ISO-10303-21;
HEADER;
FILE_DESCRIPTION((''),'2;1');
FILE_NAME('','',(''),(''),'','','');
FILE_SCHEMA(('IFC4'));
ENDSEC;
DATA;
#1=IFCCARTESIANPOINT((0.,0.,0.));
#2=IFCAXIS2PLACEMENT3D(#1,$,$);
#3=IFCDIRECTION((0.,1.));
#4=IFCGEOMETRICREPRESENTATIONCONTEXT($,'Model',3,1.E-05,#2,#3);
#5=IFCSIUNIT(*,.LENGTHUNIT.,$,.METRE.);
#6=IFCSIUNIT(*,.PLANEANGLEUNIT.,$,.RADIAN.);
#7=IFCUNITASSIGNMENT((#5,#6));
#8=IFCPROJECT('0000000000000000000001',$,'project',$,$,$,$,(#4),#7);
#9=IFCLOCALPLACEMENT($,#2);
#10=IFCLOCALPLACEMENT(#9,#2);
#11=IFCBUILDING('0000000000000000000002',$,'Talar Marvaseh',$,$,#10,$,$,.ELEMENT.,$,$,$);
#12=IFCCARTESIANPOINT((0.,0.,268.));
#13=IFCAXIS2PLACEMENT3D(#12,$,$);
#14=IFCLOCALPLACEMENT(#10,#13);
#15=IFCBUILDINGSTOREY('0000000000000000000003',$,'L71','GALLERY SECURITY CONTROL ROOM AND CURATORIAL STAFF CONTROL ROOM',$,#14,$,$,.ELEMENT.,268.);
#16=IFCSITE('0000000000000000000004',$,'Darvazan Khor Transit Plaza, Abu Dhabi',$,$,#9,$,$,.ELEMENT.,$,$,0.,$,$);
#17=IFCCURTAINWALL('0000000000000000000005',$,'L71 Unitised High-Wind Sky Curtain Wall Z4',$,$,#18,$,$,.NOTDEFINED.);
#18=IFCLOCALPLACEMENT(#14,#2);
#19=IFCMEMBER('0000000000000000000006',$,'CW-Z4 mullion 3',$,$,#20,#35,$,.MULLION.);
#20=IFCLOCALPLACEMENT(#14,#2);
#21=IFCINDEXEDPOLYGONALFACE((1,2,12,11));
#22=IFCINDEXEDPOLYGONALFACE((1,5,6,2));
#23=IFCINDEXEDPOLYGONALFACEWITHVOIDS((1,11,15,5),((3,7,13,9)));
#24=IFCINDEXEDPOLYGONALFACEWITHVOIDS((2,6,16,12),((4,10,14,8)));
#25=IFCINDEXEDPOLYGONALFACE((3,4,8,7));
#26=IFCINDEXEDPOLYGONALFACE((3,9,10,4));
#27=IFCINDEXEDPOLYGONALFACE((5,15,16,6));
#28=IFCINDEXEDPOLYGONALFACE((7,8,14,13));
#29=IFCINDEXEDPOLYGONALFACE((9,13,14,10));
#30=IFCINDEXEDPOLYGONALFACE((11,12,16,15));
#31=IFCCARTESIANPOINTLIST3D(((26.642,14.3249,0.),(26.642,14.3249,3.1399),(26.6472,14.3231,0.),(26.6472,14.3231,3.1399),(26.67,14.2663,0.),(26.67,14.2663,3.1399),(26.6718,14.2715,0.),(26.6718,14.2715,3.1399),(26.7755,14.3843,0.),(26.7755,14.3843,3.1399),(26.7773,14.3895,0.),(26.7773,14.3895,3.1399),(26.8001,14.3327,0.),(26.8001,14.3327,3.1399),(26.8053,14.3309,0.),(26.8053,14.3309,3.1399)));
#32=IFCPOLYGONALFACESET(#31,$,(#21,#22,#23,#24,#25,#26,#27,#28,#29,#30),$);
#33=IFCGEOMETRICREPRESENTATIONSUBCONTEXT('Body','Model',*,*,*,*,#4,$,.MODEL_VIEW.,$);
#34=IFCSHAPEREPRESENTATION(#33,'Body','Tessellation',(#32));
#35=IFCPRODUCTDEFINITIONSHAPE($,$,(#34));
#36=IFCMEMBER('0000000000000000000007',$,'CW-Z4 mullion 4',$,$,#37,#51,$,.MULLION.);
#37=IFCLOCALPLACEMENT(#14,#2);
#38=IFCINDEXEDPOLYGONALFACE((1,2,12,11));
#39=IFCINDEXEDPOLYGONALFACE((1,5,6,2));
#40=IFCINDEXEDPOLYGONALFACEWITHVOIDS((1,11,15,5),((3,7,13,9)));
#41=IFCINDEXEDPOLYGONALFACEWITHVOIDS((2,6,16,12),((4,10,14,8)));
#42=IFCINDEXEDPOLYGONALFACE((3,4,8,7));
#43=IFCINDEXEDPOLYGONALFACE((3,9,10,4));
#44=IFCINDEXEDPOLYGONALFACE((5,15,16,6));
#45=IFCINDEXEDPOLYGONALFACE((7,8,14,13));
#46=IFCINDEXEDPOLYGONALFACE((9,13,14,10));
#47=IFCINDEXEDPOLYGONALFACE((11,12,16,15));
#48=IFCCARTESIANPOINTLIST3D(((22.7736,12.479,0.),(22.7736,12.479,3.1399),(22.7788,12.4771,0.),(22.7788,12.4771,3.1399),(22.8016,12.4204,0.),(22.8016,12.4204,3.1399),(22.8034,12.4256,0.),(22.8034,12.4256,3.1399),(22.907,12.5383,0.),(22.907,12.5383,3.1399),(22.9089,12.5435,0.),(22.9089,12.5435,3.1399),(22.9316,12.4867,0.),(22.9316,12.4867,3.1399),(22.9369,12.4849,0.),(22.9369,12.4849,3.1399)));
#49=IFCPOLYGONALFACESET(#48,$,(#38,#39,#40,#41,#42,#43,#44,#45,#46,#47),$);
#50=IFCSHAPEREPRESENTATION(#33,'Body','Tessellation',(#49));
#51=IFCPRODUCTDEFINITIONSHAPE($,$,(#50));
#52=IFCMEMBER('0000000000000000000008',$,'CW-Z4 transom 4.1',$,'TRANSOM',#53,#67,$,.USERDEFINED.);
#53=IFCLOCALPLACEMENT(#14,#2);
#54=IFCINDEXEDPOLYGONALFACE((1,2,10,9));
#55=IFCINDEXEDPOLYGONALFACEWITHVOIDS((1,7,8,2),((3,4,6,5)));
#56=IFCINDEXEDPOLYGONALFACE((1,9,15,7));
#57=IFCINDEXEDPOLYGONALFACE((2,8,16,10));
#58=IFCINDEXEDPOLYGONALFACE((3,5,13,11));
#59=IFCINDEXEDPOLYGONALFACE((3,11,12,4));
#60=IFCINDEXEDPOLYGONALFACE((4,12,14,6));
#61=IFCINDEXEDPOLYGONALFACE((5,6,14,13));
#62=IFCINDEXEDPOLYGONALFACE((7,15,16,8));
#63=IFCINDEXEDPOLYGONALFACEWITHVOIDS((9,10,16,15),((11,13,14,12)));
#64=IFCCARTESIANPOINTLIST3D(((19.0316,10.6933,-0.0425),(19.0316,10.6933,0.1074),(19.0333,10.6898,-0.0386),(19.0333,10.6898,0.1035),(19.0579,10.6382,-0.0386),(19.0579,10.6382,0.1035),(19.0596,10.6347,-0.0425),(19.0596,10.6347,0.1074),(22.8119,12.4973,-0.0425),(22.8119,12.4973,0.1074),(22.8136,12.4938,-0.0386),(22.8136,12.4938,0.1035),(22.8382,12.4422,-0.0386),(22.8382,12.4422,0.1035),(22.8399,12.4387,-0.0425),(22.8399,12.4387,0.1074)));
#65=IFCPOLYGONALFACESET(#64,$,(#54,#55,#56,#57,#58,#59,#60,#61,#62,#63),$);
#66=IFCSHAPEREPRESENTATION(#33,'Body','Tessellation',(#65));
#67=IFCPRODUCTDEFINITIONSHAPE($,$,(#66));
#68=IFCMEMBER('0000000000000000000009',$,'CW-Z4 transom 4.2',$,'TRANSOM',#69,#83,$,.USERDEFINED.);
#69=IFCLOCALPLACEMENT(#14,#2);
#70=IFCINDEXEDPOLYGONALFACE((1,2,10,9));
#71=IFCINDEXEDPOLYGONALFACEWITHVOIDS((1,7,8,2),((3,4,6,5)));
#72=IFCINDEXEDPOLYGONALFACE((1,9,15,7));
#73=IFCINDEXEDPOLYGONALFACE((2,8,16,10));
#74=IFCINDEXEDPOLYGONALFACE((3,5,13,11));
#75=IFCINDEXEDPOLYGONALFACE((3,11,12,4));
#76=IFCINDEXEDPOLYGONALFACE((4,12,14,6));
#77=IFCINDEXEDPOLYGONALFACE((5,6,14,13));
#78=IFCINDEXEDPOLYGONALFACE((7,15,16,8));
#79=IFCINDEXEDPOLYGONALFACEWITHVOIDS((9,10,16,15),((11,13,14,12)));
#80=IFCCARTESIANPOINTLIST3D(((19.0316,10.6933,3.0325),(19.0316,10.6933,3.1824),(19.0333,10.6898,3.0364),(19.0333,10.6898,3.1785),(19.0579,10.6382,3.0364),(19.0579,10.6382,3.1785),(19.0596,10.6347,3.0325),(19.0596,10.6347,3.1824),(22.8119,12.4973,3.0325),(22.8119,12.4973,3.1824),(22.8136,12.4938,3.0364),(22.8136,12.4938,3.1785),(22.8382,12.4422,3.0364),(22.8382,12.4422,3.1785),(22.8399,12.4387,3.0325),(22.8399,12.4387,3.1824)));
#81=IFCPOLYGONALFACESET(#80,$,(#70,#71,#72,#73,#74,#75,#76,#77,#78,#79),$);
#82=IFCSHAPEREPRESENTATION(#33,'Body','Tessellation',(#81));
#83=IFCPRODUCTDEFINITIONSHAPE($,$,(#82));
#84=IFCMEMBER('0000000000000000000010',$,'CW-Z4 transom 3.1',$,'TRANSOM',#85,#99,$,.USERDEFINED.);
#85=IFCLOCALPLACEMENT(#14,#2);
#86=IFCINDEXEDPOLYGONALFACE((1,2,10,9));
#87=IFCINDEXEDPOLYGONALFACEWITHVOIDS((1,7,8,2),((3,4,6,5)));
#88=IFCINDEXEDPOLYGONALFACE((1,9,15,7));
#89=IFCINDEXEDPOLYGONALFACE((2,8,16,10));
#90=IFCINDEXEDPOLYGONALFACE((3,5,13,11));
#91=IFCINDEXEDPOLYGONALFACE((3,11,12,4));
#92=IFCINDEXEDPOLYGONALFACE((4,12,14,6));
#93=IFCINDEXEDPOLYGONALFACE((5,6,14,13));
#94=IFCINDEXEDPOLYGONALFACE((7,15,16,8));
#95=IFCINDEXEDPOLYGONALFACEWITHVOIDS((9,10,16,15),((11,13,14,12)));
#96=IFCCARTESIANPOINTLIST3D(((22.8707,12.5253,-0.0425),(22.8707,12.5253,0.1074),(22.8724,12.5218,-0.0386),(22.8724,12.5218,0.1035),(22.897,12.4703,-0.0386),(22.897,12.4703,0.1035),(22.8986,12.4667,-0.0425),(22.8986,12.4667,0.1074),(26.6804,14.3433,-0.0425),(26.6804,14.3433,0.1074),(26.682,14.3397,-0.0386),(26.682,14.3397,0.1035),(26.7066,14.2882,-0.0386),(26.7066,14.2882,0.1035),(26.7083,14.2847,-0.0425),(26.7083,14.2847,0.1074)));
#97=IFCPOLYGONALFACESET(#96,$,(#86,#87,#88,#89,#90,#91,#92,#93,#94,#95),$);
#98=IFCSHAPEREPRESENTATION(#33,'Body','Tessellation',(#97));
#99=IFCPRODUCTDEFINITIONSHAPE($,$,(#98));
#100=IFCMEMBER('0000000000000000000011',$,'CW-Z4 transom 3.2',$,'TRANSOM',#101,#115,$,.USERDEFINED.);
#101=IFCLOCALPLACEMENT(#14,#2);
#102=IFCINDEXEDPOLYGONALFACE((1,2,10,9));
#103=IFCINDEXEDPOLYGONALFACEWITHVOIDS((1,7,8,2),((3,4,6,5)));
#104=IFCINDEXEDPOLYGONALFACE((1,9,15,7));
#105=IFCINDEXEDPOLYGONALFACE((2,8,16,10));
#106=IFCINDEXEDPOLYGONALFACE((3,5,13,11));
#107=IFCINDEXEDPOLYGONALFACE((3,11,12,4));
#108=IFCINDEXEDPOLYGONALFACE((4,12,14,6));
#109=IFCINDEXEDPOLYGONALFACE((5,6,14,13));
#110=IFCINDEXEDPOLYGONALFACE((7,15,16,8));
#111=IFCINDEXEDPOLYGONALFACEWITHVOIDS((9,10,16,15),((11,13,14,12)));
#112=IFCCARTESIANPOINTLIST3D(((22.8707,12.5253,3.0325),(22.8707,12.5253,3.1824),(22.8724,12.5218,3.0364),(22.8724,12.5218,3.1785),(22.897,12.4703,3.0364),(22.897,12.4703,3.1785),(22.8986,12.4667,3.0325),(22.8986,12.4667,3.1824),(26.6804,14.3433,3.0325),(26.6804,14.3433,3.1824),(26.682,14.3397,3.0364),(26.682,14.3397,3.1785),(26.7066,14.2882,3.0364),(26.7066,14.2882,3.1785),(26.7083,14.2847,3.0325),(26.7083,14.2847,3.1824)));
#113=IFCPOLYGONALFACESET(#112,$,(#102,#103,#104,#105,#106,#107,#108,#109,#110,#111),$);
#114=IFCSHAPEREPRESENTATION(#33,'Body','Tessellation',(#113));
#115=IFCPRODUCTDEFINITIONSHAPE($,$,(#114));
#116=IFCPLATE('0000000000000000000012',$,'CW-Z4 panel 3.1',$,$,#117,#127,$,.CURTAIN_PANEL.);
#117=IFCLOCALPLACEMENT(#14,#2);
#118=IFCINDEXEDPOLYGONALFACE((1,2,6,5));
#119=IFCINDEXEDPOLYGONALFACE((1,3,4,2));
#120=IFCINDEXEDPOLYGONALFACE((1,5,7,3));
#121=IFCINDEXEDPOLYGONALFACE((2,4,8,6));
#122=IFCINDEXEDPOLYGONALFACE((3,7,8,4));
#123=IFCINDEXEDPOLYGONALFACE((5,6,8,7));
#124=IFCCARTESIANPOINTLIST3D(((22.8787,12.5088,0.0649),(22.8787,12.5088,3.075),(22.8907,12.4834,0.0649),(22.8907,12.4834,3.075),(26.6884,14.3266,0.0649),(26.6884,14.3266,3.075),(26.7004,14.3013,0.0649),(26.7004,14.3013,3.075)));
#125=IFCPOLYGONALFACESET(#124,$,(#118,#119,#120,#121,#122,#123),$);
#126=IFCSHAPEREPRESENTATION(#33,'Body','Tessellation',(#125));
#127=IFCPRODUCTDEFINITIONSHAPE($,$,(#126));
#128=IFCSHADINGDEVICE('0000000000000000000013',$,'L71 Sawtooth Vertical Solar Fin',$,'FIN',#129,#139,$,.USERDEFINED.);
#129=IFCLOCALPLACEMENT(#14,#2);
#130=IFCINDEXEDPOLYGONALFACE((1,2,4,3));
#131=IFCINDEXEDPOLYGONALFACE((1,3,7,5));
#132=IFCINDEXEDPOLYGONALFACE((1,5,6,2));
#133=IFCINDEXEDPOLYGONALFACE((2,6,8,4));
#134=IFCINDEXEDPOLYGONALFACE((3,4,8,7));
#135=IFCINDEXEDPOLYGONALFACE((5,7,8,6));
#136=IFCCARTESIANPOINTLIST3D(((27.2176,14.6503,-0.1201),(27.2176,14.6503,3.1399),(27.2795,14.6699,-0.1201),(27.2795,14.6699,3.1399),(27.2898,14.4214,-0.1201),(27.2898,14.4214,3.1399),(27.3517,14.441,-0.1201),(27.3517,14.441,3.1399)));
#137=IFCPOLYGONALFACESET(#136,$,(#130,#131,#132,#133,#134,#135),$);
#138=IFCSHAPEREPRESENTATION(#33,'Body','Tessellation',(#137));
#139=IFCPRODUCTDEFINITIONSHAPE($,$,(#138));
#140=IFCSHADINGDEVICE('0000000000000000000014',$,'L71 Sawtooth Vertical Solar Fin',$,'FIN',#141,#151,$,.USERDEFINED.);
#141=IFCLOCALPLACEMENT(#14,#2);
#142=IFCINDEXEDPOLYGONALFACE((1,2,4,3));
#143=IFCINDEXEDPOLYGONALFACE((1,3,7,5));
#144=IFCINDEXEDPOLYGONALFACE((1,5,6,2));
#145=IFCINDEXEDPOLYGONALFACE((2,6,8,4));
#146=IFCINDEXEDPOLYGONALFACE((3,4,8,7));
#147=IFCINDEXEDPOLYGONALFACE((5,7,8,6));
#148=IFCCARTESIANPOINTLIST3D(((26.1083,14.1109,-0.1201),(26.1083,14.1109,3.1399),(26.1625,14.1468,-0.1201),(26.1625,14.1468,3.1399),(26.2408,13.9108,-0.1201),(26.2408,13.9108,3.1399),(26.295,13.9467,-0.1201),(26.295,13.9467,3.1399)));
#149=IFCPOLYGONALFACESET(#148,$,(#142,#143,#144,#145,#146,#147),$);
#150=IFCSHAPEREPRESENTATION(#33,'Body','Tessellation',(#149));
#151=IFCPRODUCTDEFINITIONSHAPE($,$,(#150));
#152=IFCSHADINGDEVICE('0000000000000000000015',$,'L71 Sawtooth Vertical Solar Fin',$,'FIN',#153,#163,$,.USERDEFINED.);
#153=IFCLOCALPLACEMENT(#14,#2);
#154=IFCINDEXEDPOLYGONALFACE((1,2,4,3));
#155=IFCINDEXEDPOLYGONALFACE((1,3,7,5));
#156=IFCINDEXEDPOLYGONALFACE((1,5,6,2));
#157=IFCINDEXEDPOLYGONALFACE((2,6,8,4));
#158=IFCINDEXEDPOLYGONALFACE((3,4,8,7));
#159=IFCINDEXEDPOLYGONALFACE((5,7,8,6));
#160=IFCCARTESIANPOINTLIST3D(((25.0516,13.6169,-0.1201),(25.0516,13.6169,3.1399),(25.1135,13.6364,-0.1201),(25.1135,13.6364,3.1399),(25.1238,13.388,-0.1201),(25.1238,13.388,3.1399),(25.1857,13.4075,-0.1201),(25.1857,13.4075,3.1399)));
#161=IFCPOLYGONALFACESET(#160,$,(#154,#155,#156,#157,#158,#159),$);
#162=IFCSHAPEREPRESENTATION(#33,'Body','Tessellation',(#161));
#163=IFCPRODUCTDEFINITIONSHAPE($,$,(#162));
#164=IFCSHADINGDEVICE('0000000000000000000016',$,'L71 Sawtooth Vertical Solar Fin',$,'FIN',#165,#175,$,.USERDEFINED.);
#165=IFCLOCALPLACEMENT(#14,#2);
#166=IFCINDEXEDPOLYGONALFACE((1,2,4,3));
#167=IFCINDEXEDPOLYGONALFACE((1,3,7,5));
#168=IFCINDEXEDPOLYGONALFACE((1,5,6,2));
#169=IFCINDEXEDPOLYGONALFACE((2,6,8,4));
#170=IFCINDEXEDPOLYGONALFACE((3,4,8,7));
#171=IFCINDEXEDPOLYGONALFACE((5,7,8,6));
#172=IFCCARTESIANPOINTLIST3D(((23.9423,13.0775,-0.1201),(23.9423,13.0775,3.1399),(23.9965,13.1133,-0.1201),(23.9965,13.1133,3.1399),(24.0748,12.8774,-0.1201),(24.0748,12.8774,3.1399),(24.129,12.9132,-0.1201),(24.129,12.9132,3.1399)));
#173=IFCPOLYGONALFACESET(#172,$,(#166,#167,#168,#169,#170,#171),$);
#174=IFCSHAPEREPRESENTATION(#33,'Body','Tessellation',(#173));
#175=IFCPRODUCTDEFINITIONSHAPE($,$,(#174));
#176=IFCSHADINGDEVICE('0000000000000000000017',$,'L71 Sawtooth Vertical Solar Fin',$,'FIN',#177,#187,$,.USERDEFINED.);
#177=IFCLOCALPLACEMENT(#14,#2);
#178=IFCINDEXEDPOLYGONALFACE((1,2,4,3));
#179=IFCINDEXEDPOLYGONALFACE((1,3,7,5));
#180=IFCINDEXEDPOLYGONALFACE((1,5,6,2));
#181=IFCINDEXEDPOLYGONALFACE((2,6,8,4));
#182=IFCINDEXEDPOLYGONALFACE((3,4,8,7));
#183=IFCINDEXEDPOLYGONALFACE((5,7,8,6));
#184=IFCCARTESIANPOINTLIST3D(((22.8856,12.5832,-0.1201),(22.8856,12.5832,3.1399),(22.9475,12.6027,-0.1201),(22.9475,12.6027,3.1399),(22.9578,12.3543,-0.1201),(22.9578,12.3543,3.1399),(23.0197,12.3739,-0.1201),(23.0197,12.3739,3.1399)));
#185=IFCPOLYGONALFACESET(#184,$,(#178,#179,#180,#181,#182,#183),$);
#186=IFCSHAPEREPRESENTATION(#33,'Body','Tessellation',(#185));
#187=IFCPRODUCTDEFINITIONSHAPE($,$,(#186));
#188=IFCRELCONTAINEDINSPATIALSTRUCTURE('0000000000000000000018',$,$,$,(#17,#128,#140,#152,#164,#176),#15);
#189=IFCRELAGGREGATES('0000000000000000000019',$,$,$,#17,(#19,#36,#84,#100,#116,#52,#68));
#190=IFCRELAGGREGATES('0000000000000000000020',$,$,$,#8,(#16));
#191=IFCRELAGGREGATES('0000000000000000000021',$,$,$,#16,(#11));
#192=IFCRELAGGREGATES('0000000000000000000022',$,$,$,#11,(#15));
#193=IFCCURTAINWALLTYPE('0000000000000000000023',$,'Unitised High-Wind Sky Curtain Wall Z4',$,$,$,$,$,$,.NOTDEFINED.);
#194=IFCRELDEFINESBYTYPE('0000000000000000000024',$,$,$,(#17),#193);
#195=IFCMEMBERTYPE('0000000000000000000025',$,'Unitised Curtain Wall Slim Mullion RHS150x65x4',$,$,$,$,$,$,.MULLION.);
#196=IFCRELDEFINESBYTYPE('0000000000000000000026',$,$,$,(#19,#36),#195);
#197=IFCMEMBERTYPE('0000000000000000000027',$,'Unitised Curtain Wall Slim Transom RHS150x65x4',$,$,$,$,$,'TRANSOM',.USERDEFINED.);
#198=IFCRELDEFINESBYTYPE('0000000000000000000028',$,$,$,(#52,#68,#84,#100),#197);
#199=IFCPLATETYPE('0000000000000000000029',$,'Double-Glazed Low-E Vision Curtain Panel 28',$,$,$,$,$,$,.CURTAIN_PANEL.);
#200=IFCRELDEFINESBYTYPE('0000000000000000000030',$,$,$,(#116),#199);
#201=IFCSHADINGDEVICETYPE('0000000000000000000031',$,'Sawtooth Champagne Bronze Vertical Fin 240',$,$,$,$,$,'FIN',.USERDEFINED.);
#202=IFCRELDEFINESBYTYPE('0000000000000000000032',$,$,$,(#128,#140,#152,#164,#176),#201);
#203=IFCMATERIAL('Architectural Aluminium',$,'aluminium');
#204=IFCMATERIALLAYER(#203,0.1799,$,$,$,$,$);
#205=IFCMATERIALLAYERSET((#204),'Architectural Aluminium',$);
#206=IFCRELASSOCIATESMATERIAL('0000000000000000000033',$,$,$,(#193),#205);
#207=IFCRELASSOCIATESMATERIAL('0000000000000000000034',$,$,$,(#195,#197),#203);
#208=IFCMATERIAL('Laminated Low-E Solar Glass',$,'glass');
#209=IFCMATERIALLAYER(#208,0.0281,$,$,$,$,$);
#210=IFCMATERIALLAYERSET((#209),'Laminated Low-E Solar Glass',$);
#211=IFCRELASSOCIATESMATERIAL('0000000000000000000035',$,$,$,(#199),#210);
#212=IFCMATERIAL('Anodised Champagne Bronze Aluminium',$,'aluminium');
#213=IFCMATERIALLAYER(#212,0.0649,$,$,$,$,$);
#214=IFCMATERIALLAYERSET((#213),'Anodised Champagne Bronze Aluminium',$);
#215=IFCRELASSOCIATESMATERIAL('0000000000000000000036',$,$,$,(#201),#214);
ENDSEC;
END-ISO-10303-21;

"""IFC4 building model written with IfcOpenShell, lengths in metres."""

from ifc_helpers import new_model, si_unit, direction, frame, origin, origin_2d, place, context, subcontext, project, spatial, rectangle, hollow_rectangle, extrude, source, transform, mapped, material, layer, layer_set, material_profile, profile_set, type_object, type_shapes, element, aggregate, save


model = new_model("IFC4")

# Units and contexts
model_context = context("Model", 3, precision=1e-05, world=origin(), true_north=direction((0.0, 1.0)))
body_context = subcontext(model_context, "Body", "Model", "MODEL_VIEW")
ifc_project = project(units=[si_unit("LENGTHUNIT", "METRE"), si_unit("PLANEANGLEUNIT", "RADIAN")], contexts=[model_context])

# Site, building, storey
site_placement = place(None, origin())
site = spatial("IfcSite", under=ifc_project, at=site_placement, Name="Darvazan Khor Transit Plaza, Abu Dhabi", CompositionType="ELEMENT", RefElevation=0.0)
building_placement = place(site_placement, origin())
building = spatial("IfcBuilding", under=site, at=building_placement, Name="Talar Marvaseh", CompositionType="ELEMENT")
storey_placement = place(building_placement, frame((0.0, 0.0, 268.0)))
storey = spatial("IfcBuildingStorey", under=building, at=storey_placement, Name="L71", Description="GALLERY SECURITY CONTROL ROOM AND CURATORIAL STAFF CONTROL ROOM", CompositionType="ELEMENT", Elevation=268.0)

# Curtain wall, members, plate
ifc_material_1 = material(Name="Architectural Aluminium", Category="aluminium")
ifc_layer_1 = layer(ifc_material_1, 0.1799)
ifc_layer_set_1 = layer_set([ifc_layer_1], Name="Architectural Aluminium")
curtain_wall_type = type_object("IfcCurtainWallType", Name="Unitised High-Wind Sky Curtain Wall Z4", PredefinedType="NOTDEFINED", material=ifc_layer_set_1)
curtain_wall_placement = place(storey_placement, origin())
curtain_wall = element("IfcCurtainWall", 1, at=curtain_wall_placement, inside=storey, type_object=curtain_wall_type, Name="L71 Unitised High-Wind Sky Curtain Wall Z4", PredefinedType="NOTDEFINED")
ifc_material_profile_1 = material_profile(ifc_material_1, hollow_rectangle(XDim=0.0649, YDim=0.1499, WallThickness=0.0039, at=origin_2d()), Name="RHS150x65x4")
ifc_profile_set_1 = profile_set([ifc_material_profile_1], Name="Architectural Aluminium")
member_type_1 = type_object("IfcMemberType", Name="Unitised Curtain Wall Slim Mullion RHS150x65x4", PredefinedType="MULLION", material=ifc_profile_set_1)
shared_shape_1 = source(origin(), body_context, "Body", "SweptSolid", [
    extrude(hollow_rectangle(XDim=0.0649, YDim=0.1499, WallThickness=0.0039, at=origin_2d()), origin(), (0.0, 0.0, 1.0), 3.1399),
])
type_shapes(member_type_1, [shared_shape_1])
member_1_placement = place(storey_placement, frame((26.7236, 14.3279, 0.0), z_axis=(0.0, 0.0, 1.0), x_axis=(0.430655, -0.902517, 0.0)))
member_1 = element("IfcMember", 2, at=member_1_placement, type_object=member_type_1, Name="CW-Z4 mullion 3", PredefinedType="MULLION", context=body_context, shape_type="MappedRepresentation", body=[
    mapped(shared_shape_1, transform((0.0, 0.0, 0.0), x_axis=(1.0, 0.0, 0.0), y_axis=(0.0, 1.0, 0.0), z_axis=(0.0, 0.0, 1.0), scale=1.0)),
])
member_2_placement = place(storey_placement, frame((22.8552, 12.4819, 0.0), z_axis=(0.0, 0.0, 1.0), x_axis=(0.430655, -0.902517, 0.0)))
member_2 = element("IfcMember", 3, at=member_2_placement, type_object=member_type_1, Name="CW-Z4 mullion 4", PredefinedType="MULLION", context=body_context, shape_type="MappedRepresentation", body=[
    mapped(shared_shape_1, transform((0.0, 0.0, 0.0), x_axis=(1.0, 0.0, 0.0), y_axis=(0.0, 1.0, 0.0), z_axis=(0.0, 0.0, 1.0), scale=1.0)),
])
ifc_material_profile_2 = material_profile(ifc_material_1, hollow_rectangle(XDim=0.0649, YDim=0.1499, WallThickness=0.0039, at=origin_2d()), Name="RHS150x65x4")
ifc_profile_set_2 = profile_set([ifc_material_profile_2], Name="Architectural Aluminium")
member_type_2 = type_object("IfcMemberType", Name="Unitised Curtain Wall Slim Transom RHS150x65x4", ElementType="TRANSOM", PredefinedType="USERDEFINED", material=ifc_profile_set_2)
shared_shape_2 = source(origin(), body_context, "Body", "SweptSolid", [
    extrude(hollow_rectangle(XDim=0.0649, YDim=0.1499, WallThickness=0.0039, at=origin_2d()), origin(), (0.0, 0.0, 1.0), 4.1887),
])
member_3_placement = place(storey_placement, frame((22.8259, 12.468, 0.0325), z_axis=(-0.902506, -0.430678, 0.0), x_axis=(0.430678, -0.902506, 0.0)))
member_3 = element("IfcMember", 4, at=member_3_placement, type_object=member_type_2, Name="CW-Z4 transom 4.1", ObjectType="TRANSOM", PredefinedType="USERDEFINED", context=body_context, shape_type="MappedRepresentation", body=[
    mapped(shared_shape_2, transform((0.0, 0.0, 0.0), x_axis=(1.0, 0.0, 0.0), y_axis=(0.0, 1.0, 0.0), z_axis=(0.0, 0.0, 1.0), scale=1.0)),
])
member_4_placement = place(storey_placement, frame((22.8259, 12.468, 3.1074), z_axis=(-0.902506, -0.430678, 0.0), x_axis=(0.430678, -0.902506, 0.0)))
member_4 = element("IfcMember", 5, at=member_4_placement, type_object=member_type_2, Name="CW-Z4 transom 4.2", ObjectType="TRANSOM", PredefinedType="USERDEFINED", context=body_context, shape_type="MappedRepresentation", body=[
    mapped(shared_shape_2, transform((0.0, 0.0, 0.0), x_axis=(1.0, 0.0, 0.0), y_axis=(0.0, 1.0, 0.0), z_axis=(0.0, 0.0, 1.0), scale=1.0)),
])
shared_shape_3 = source(origin(), body_context, "Body", "SweptSolid", [
    extrude(hollow_rectangle(XDim=0.0649, YDim=0.1499, WallThickness=0.0039, at=origin_2d()), origin(), (0.0, 0.0, 1.0), 4.2212),
])
type_shapes(member_type_2, [shared_shape_2, shared_shape_3])
member_5_placement = place(storey_placement, frame((26.6943, 14.314, 0.0325), z_axis=(-0.902512, -0.430665, 0.0), x_axis=(0.430665, -0.902512, 0.0)))
member_5 = element("IfcMember", 6, at=member_5_placement, type_object=member_type_2, Name="CW-Z4 transom 3.1", ObjectType="TRANSOM", PredefinedType="USERDEFINED", context=body_context, shape_type="MappedRepresentation", body=[
    mapped(shared_shape_3, transform((0.0, 0.0, 0.0), x_axis=(1.0, 0.0, 0.0), y_axis=(0.0, 1.0, 0.0), z_axis=(0.0, 0.0, 1.0), scale=1.0)),
])
member_6_placement = place(storey_placement, frame((26.6943, 14.314, 3.1074), z_axis=(-0.902512, -0.430665, 0.0), x_axis=(0.430665, -0.902512, 0.0)))
member_6 = element("IfcMember", 7, at=member_6_placement, type_object=member_type_2, Name="CW-Z4 transom 3.2", ObjectType="TRANSOM", PredefinedType="USERDEFINED", context=body_context, shape_type="MappedRepresentation", body=[
    mapped(shared_shape_3, transform((0.0, 0.0, 0.0), x_axis=(1.0, 0.0, 0.0), y_axis=(0.0, 1.0, 0.0), z_axis=(0.0, 0.0, 1.0), scale=1.0)),
])
ifc_material_2 = material(Name="Laminated Low-E Solar Glass", Category="glass")
ifc_layer_2 = layer(ifc_material_2, 0.0281)
ifc_layer_set_2 = layer_set([ifc_layer_2], Name="Laminated Low-E Solar Glass")
plate_type = type_object("IfcPlateType", Name="Double-Glazed Low-E Vision Curtain Panel 28", PredefinedType="CURTAIN_PANEL", material=ifc_layer_set_2)
shared_shape_4 = source(origin(), body_context, "Body", "SweptSolid", [
    extrude(rectangle(XDim=4.2212, YDim=0.0281, at=origin_2d()), origin(), (0.0, 0.0, 1.0), 3.01),
])
type_shapes(plate_type, [shared_shape_4])
plate_placement = place(storey_placement, frame((24.7896, 13.405, 0.0649), z_axis=(0.0, 0.0, 1.0), x_axis=(-0.902517, -0.430655, 0.0)))
plate = element("IfcPlate", 8, at=plate_placement, type_object=plate_type, Name="CW-Z4 panel 3.1", PredefinedType="CURTAIN_PANEL", context=body_context, shape_type="MappedRepresentation", body=[
    mapped(shared_shape_4, transform((0.0, 0.0, 0.0), x_axis=(1.0, 0.0, 0.0), y_axis=(0.0, 1.0, 0.0), z_axis=(0.0, 0.0, 1.0), scale=1.0)),
])
aggregate(curtain_wall, [member_1, member_2, member_5, member_6, plate, member_3, member_4])

# Shading devices
ifc_material_3 = material(Name="Anodised Champagne Bronze Aluminium", Category="aluminium")
ifc_layer_3 = layer(ifc_material_3, 0.0649)
ifc_layer_set_3 = layer_set([ifc_layer_3], Name="Anodised Champagne Bronze Aluminium")
shading_device_type = type_object("IfcShadingDeviceType", Name="Sawtooth Champagne Bronze Vertical Fin 240", ElementType="FIN", PredefinedType="USERDEFINED", material=ifc_layer_set_3)
shared_shape_5 = source(origin(), body_context, "Body", "SweptSolid", [
    extrude(rectangle(XDim=0.24, YDim=0.0649, at=origin_2d()), origin(), (0.0, 0.0, 1.0), 3.26),
])
type_shapes(shading_device_type, [shared_shape_5])
for number, where, z_axis, x_axis, name in (
    (9, (27.2847, 14.5457, -0.1201), (0.0, 0.0, 1.0), (0.300872, -0.953664, 0.0), "L71 Sawtooth Vertical Solar Fin"),
    (10, (26.2017, 14.0288, -0.1201), (0.0, 0.0, 1.0), (0.552083, -0.833789, 0.0), "L71 Sawtooth Vertical Solar Fin"),
    (11, (25.1187, 13.5122, -0.1201), (0.0, 0.0, 1.0), (0.300872, -0.953664, 0.0), "L71 Sawtooth Vertical Solar Fin"),
    (12, (24.0356, 12.9954, -0.1201), (0.0, 0.0, 1.0), (0.552083, -0.833789, 0.0), "L71 Sawtooth Vertical Solar Fin"),
    (13, (22.9526, 12.4785, -0.1201), (0.0, 0.0, 1.0), (0.300872, -0.953664, 0.0), "L71 Sawtooth Vertical Solar Fin"),
):
    element("IfcShadingDevice", number, at=place(storey_placement, frame(where, z_axis=z_axis, x_axis=x_axis)), inside=storey, type_object=shading_device_type, Name=name, ObjectType="FIN", PredefinedType="USERDEFINED", context=body_context, shape_type="MappedRepresentation", body=[
        mapped(shared_shape_5, transform((0.0, 0.0, 0.0), x_axis=(1.0, 0.0, 0.0), y_axis=(0.0, 1.0, 0.0), z_axis=(0.0, 0.0, 1.0), scale=1.0)),
    ])

save(model, "model.ifc")
